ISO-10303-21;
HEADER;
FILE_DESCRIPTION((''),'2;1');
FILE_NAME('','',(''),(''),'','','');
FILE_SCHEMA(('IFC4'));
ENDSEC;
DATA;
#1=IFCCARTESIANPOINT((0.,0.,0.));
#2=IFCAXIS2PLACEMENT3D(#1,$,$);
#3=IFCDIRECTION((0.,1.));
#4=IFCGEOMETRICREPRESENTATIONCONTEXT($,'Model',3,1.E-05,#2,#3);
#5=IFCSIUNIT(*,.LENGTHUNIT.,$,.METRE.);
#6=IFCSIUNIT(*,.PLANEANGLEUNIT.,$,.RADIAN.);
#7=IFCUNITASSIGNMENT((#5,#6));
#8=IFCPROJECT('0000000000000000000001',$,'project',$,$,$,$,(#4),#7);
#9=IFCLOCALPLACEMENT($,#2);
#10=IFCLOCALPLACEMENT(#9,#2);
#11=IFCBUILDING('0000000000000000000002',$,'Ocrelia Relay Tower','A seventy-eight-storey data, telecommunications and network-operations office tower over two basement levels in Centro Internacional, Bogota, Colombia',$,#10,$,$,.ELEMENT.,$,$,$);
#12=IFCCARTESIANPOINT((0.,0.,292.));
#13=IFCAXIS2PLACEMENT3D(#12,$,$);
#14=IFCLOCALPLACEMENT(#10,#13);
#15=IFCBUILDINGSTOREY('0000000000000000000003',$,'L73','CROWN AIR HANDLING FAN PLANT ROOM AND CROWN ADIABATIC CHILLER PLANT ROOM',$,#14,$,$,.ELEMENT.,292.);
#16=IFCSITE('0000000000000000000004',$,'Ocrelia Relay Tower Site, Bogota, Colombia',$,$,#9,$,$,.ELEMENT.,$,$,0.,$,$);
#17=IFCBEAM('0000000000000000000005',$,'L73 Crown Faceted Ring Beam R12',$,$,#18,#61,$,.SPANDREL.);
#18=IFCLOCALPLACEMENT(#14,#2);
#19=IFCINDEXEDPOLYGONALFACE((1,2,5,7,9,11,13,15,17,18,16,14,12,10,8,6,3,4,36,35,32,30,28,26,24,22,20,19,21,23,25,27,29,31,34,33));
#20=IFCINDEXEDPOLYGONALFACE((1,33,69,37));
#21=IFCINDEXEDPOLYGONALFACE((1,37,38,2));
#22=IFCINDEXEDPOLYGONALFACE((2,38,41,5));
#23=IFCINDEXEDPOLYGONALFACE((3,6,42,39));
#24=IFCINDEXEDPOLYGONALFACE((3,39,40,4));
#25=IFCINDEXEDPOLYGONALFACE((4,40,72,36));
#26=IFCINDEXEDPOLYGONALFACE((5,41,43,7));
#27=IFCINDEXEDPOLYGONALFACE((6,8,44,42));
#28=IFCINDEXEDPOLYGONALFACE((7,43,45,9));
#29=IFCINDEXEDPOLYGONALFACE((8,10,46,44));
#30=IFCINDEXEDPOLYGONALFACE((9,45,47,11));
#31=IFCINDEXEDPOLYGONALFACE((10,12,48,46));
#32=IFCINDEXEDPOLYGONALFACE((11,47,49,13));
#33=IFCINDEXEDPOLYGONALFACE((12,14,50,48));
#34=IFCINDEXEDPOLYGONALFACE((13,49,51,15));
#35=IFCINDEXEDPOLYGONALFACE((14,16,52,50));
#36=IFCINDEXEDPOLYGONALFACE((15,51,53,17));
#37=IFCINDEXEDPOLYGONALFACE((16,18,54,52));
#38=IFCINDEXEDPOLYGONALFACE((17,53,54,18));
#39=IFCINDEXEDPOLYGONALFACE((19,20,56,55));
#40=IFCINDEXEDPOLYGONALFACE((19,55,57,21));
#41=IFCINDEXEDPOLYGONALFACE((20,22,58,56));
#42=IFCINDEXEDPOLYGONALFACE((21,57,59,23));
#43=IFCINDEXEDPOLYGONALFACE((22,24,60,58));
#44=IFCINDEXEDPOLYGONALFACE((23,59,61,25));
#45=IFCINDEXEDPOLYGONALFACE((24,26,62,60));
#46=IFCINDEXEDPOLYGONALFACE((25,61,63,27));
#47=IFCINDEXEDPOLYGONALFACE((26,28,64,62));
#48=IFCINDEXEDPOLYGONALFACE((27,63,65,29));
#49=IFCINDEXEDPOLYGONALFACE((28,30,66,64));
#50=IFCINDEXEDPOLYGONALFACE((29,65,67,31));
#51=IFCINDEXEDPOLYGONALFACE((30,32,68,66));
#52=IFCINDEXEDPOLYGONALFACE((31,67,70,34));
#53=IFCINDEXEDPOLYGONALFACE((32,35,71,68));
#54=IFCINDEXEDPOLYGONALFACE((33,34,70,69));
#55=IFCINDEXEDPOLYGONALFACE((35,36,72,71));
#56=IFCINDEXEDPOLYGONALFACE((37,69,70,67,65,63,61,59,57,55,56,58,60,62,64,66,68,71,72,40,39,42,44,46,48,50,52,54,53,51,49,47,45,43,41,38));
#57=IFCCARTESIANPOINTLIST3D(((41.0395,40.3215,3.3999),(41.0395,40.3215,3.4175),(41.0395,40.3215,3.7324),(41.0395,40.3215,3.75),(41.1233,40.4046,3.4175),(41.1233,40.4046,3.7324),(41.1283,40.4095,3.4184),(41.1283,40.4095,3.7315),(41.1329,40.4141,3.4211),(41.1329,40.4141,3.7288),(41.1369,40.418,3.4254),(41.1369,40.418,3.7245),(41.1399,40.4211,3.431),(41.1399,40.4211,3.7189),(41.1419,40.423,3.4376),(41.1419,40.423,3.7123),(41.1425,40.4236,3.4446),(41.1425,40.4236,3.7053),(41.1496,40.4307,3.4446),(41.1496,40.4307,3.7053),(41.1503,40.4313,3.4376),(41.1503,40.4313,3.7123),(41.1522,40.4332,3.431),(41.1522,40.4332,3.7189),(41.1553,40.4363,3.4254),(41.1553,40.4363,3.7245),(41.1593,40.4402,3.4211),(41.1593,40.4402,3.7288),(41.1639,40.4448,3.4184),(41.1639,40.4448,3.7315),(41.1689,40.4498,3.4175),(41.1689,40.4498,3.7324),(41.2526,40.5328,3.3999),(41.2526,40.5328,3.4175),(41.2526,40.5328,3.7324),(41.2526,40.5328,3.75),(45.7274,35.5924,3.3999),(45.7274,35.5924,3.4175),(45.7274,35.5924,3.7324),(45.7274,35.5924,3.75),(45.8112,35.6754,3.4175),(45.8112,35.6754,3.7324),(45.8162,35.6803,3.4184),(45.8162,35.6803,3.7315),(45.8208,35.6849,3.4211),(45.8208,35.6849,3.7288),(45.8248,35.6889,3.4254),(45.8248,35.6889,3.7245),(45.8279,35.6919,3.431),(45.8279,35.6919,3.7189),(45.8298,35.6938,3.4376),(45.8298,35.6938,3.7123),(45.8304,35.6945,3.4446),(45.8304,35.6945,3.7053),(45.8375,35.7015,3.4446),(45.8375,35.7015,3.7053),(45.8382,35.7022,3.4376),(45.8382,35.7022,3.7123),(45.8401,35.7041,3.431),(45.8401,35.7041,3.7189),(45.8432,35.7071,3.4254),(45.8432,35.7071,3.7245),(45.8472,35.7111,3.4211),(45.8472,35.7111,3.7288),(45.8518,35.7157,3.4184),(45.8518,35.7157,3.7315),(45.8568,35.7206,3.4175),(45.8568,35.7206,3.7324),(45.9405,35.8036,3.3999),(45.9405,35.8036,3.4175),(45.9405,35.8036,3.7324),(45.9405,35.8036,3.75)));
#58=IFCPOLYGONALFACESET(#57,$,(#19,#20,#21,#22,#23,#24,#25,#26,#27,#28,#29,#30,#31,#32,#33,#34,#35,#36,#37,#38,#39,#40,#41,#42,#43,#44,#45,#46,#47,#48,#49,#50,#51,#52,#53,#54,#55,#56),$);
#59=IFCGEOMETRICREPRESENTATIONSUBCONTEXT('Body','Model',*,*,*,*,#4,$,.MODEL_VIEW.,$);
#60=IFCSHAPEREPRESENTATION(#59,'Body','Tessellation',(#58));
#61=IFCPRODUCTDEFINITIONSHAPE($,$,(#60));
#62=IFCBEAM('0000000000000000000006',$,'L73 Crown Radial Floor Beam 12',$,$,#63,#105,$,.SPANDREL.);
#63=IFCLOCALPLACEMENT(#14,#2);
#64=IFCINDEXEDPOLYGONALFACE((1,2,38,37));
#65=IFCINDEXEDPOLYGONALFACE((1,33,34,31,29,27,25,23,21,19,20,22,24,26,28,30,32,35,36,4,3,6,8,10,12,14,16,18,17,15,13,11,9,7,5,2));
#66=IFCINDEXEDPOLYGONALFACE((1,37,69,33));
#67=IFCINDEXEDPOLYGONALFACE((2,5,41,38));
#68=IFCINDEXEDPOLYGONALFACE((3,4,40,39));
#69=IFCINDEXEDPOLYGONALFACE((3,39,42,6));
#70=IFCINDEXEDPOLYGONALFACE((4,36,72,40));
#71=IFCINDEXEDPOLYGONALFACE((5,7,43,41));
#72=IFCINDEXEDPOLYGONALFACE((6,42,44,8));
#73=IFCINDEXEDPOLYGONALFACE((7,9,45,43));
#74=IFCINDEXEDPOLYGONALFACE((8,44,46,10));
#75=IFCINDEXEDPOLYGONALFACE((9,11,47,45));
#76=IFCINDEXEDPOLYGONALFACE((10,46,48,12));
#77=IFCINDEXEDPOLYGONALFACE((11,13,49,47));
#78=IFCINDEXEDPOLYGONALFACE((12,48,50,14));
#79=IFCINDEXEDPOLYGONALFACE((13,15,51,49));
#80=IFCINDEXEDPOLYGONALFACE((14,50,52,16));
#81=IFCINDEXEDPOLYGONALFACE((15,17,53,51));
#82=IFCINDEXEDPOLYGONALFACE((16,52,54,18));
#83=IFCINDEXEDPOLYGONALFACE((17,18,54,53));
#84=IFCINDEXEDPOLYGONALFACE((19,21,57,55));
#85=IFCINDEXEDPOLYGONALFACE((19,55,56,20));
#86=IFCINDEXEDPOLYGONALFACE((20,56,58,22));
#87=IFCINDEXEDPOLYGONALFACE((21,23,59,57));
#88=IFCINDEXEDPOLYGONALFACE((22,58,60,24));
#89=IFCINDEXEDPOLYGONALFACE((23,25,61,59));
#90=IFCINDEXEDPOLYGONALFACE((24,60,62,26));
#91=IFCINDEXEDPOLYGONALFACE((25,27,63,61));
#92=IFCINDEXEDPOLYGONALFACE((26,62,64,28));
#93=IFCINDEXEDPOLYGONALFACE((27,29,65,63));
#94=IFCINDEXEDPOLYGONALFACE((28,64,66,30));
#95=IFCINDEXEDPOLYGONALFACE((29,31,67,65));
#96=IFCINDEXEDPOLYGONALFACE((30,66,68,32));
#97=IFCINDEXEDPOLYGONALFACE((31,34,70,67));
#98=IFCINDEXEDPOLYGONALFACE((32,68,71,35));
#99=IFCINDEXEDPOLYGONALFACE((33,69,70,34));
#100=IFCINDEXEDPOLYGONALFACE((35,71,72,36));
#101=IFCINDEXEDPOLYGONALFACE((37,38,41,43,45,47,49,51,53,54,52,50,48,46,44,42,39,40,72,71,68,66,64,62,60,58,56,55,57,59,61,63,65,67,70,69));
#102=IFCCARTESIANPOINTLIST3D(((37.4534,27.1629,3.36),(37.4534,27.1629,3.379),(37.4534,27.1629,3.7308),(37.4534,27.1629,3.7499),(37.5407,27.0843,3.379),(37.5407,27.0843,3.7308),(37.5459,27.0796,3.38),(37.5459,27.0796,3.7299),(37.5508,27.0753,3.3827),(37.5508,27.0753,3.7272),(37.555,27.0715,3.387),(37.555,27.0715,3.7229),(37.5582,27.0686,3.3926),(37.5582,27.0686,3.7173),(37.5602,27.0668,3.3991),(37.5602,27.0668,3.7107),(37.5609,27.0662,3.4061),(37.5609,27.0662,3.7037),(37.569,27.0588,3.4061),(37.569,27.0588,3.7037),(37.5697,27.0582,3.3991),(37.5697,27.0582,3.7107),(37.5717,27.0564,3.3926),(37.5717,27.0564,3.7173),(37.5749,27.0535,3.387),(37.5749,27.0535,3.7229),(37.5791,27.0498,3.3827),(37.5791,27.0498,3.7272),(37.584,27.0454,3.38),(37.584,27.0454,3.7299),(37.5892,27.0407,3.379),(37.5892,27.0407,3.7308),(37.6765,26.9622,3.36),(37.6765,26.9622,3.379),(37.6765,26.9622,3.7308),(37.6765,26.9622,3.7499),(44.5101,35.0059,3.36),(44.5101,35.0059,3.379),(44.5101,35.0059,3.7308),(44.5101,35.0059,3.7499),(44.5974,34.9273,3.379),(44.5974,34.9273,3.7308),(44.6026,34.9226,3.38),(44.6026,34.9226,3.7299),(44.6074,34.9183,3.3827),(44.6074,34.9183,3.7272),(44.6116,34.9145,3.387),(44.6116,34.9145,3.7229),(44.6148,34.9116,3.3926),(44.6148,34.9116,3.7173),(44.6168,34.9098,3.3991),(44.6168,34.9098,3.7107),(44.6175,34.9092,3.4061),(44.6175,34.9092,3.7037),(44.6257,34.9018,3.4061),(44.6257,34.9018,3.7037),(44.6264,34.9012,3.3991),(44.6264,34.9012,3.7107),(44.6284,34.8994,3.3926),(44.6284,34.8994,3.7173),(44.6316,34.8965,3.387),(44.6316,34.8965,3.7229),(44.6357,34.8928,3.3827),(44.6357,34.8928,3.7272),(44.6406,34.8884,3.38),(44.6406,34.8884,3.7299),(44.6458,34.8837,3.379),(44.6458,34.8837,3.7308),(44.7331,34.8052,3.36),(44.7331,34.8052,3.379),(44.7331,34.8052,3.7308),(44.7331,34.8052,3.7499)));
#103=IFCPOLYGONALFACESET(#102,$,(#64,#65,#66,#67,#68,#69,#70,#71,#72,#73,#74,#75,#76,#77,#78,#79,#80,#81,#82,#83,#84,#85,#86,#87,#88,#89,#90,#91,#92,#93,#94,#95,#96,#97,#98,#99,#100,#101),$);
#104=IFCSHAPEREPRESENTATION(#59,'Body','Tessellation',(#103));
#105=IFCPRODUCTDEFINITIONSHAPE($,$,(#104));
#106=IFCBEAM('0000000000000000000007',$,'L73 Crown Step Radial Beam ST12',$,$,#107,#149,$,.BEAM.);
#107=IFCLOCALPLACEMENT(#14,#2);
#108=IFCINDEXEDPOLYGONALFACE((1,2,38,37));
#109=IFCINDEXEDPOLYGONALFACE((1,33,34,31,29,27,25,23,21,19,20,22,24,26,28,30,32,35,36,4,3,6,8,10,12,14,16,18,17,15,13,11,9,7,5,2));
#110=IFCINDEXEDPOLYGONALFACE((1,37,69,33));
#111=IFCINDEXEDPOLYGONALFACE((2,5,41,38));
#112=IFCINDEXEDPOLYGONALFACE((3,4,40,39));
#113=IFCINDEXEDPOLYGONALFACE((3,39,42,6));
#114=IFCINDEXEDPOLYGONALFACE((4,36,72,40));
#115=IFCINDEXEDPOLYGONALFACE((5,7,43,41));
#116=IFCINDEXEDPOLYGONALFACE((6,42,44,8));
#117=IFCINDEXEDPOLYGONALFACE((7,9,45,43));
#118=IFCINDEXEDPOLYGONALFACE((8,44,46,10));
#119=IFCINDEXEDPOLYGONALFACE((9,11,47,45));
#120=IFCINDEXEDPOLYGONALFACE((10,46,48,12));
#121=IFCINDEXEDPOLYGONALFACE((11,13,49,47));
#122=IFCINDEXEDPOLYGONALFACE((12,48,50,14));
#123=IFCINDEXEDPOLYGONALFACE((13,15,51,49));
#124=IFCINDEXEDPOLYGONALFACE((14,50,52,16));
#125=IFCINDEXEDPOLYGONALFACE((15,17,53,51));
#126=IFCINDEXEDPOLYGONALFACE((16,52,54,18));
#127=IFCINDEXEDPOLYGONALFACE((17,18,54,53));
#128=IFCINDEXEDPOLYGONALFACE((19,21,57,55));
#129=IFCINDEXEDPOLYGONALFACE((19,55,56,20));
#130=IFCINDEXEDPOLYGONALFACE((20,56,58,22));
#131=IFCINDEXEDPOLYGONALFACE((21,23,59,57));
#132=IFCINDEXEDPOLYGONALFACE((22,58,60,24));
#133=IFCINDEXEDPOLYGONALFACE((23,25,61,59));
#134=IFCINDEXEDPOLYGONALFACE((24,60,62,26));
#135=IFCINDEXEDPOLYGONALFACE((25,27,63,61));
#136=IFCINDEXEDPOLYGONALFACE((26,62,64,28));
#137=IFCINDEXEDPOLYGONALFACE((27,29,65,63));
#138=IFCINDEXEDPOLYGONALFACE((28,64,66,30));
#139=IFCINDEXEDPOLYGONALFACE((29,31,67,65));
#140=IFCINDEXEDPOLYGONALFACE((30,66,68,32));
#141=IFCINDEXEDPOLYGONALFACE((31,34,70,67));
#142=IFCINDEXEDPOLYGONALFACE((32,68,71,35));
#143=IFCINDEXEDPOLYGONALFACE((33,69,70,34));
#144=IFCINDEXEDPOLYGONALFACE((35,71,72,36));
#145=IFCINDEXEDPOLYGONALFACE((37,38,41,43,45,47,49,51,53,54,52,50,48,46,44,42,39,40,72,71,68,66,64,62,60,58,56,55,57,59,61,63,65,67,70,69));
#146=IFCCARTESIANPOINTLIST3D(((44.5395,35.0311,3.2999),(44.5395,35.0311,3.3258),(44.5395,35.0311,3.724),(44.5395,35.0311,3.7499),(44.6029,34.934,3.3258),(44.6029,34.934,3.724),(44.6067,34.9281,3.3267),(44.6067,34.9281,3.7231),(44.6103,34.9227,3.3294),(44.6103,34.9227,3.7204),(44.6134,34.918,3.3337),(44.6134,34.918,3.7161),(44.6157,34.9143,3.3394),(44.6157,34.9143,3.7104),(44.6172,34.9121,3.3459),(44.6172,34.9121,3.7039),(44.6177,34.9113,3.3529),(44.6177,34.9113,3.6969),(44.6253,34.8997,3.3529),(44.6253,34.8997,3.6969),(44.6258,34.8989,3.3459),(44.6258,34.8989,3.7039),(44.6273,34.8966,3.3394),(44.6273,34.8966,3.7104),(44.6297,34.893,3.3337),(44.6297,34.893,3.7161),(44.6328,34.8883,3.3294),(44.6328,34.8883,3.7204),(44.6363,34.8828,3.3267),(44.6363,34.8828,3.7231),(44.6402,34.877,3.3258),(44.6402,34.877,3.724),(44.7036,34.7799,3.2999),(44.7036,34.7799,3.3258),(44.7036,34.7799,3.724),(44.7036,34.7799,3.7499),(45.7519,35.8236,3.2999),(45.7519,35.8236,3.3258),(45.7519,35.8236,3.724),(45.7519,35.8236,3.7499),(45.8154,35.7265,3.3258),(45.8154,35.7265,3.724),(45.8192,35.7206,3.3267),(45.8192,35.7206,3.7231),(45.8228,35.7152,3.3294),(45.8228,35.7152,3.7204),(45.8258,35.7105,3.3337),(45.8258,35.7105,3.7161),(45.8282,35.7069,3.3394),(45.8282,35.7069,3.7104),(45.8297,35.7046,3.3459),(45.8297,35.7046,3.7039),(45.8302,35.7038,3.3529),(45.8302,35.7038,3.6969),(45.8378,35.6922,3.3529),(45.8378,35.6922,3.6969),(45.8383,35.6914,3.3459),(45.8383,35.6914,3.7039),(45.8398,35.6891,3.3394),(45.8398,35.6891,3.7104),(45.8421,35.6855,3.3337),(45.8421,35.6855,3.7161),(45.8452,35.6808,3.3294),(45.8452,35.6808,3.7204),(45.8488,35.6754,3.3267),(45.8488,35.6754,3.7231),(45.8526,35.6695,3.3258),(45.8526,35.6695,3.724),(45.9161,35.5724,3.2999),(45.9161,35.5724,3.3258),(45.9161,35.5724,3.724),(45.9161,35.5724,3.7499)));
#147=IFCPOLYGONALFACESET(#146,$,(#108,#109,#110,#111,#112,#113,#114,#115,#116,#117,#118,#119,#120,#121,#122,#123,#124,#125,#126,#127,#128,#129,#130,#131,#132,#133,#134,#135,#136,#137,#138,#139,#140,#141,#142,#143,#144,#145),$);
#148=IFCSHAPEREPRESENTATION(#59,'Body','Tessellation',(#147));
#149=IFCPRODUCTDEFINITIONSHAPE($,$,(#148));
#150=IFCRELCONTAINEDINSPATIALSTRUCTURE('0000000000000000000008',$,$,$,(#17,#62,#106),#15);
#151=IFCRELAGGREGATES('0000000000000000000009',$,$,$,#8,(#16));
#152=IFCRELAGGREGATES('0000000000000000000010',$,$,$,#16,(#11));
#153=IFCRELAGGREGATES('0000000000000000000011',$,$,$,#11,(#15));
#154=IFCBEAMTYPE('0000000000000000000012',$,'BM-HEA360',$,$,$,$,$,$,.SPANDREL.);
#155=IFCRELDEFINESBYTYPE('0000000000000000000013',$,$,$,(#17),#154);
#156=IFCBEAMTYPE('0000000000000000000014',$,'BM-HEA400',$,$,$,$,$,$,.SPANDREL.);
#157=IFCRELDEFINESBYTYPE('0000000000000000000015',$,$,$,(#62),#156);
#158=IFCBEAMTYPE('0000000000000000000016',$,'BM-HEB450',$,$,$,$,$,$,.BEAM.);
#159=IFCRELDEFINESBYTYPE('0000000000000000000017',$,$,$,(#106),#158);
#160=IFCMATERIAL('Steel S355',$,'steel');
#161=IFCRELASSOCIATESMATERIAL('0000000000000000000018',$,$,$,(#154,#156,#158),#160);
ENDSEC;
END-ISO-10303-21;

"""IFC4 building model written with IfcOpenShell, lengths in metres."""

from ifc_helpers import new_model, si_unit, direction, frame, origin, origin_2d, place, context, subcontext, project, spatial, i_section, extrude, material, material_profile, profile_set, type_object, element, save


model = new_model("IFC4")

# Units and contexts
model_context = context("Model", 3, precision=1e-05, world=origin(), true_north=direction((0.0, 1.0)))
body_context = subcontext(model_context, "Body", "Model", "MODEL_VIEW")
ifc_project = project(units=[si_unit("LENGTHUNIT", "METRE"), si_unit("PLANEANGLEUNIT", "RADIAN")], contexts=[model_context])

# Site, building, storey
site_placement = place(None, origin())
site = spatial("IfcSite", under=ifc_project, at=site_placement, Name="Ocrelia Relay Tower Site, Bogota, Colombia", CompositionType="ELEMENT", RefElevation=0.0)
building_placement = place(site_placement, origin())
building = spatial("IfcBuilding", under=site, at=building_placement, Name="Ocrelia Relay Tower", Description="A seventy-eight-storey data, telecommunications and network-operations office tower over two basement levels in Centro Internacional, Bogota, Colombia", CompositionType="ELEMENT")
storey_placement = place(building_placement, frame((0.0, 0.0, 292.0)))
storey = spatial("IfcBuildingStorey", under=building, at=storey_placement, Name="L73", Description="CROWN AIR HANDLING FAN PLANT ROOM AND CROWN ADIABATIC CHILLER PLANT ROOM", CompositionType="ELEMENT", Elevation=292.0)

# Beams
ifc_material_1 = material(Name="Steel S355", Category="steel")
ifc_material_profile_1 = material_profile(ifc_material_1, i_section(OverallWidth=0.3, OverallDepth=0.3501, WebThickness=0.01, FlangeThickness=0.0176, FilletRadius=0.0271, at=origin_2d()), Name="HEA 360")
ifc_profile_set_1 = profile_set([ifc_material_profile_1], Name="Steel S355")
beam_type_1 = type_object("IfcBeamType", Name="BM-HEA360", PredefinedType="SPANDREL", material=ifc_profile_set_1)
beam_1_placement = place(storey_placement, frame((45.834, 35.698, 3.575), z_axis=(-0.704002, 0.710198, 0.0), x_axis=(-0.710198, -0.704002, 0.0)))
element("IfcBeam", 1, at=beam_1_placement, inside=storey, type_object=beam_type_1, Name="L73 Crown Faceted Ring Beam R12", PredefinedType="SPANDREL", context=body_context, shape_type="SweptSolid", body=[
    extrude(i_section(OverallWidth=0.3, OverallDepth=0.3501, WebThickness=0.01, FlangeThickness=0.0176, FilletRadius=0.0271, at=origin_2d()), origin(), (0.0, 0.0, 1.0), 6.6589),
])
ifc_material_profile_2 = material_profile(ifc_material_1, i_section(OverallWidth=0.3, OverallDepth=0.3899, WebThickness=0.011, FlangeThickness=0.019, FilletRadius=0.0271, at=origin_2d()), Name="HEA 400")
ifc_profile_set_2 = profile_set([ifc_material_profile_2], Name="Steel S355")
beam_type_2 = type_object("IfcBeamType", Name="BM-HEA400", PredefinedType="SPANDREL", material=ifc_profile_set_2)
beam_2_placement = place(storey_placement, frame((44.6216, 34.9055, 3.5549), z_axis=(-0.668856, -0.743392, 0.0), x_axis=(0.743392, -0.668856, 0.0)))
element("IfcBeam", 2, at=beam_2_placement, inside=storey, type_object=beam_type_2, Name="L73 Crown Radial Floor Beam 12", PredefinedType="SPANDREL", context=body_context, shape_type="SweptSolid", body=[
    extrude(i_section(OverallWidth=0.3, OverallDepth=0.3899, WebThickness=0.011, FlangeThickness=0.019, FilletRadius=0.0271, at=origin_2d()), origin(), (0.0, 0.0, 1.0), 10.5503),
])
ifc_material_profile_3 = material_profile(ifc_material_1, i_section(OverallWidth=0.3, OverallDepth=0.45, WebThickness=0.0139, FlangeThickness=0.0259, FilletRadius=0.0271, at=origin_2d()), Name="HEB 450")
ifc_profile_set_3 = profile_set([ifc_material_profile_3], Name="Steel S355")
beam_type_3 = type_object("IfcBeamType", Name="BM-HEB450", PredefinedType="BEAM", material=ifc_profile_set_3)
beam_3_placement = place(storey_placement, frame((45.834, 35.698, 3.5249), z_axis=(-0.837047, -0.547131, 0.0), x_axis=(0.547131, -0.837047, 0.0)))
element("IfcBeam", 3, at=beam_3_placement, inside=storey, type_object=beam_type_3, Name="L73 Crown Step Radial Beam ST12", PredefinedType="BEAM", context=body_context, shape_type="SweptSolid", body=[
    extrude(i_section(OverallWidth=0.3, OverallDepth=0.45, WebThickness=0.0139, FlangeThickness=0.0259, FilletRadius=0.0271, at=origin_2d()), origin(), (0.0, 0.0, 1.0), 1.4485),
])

save(model, "model.ifc")
